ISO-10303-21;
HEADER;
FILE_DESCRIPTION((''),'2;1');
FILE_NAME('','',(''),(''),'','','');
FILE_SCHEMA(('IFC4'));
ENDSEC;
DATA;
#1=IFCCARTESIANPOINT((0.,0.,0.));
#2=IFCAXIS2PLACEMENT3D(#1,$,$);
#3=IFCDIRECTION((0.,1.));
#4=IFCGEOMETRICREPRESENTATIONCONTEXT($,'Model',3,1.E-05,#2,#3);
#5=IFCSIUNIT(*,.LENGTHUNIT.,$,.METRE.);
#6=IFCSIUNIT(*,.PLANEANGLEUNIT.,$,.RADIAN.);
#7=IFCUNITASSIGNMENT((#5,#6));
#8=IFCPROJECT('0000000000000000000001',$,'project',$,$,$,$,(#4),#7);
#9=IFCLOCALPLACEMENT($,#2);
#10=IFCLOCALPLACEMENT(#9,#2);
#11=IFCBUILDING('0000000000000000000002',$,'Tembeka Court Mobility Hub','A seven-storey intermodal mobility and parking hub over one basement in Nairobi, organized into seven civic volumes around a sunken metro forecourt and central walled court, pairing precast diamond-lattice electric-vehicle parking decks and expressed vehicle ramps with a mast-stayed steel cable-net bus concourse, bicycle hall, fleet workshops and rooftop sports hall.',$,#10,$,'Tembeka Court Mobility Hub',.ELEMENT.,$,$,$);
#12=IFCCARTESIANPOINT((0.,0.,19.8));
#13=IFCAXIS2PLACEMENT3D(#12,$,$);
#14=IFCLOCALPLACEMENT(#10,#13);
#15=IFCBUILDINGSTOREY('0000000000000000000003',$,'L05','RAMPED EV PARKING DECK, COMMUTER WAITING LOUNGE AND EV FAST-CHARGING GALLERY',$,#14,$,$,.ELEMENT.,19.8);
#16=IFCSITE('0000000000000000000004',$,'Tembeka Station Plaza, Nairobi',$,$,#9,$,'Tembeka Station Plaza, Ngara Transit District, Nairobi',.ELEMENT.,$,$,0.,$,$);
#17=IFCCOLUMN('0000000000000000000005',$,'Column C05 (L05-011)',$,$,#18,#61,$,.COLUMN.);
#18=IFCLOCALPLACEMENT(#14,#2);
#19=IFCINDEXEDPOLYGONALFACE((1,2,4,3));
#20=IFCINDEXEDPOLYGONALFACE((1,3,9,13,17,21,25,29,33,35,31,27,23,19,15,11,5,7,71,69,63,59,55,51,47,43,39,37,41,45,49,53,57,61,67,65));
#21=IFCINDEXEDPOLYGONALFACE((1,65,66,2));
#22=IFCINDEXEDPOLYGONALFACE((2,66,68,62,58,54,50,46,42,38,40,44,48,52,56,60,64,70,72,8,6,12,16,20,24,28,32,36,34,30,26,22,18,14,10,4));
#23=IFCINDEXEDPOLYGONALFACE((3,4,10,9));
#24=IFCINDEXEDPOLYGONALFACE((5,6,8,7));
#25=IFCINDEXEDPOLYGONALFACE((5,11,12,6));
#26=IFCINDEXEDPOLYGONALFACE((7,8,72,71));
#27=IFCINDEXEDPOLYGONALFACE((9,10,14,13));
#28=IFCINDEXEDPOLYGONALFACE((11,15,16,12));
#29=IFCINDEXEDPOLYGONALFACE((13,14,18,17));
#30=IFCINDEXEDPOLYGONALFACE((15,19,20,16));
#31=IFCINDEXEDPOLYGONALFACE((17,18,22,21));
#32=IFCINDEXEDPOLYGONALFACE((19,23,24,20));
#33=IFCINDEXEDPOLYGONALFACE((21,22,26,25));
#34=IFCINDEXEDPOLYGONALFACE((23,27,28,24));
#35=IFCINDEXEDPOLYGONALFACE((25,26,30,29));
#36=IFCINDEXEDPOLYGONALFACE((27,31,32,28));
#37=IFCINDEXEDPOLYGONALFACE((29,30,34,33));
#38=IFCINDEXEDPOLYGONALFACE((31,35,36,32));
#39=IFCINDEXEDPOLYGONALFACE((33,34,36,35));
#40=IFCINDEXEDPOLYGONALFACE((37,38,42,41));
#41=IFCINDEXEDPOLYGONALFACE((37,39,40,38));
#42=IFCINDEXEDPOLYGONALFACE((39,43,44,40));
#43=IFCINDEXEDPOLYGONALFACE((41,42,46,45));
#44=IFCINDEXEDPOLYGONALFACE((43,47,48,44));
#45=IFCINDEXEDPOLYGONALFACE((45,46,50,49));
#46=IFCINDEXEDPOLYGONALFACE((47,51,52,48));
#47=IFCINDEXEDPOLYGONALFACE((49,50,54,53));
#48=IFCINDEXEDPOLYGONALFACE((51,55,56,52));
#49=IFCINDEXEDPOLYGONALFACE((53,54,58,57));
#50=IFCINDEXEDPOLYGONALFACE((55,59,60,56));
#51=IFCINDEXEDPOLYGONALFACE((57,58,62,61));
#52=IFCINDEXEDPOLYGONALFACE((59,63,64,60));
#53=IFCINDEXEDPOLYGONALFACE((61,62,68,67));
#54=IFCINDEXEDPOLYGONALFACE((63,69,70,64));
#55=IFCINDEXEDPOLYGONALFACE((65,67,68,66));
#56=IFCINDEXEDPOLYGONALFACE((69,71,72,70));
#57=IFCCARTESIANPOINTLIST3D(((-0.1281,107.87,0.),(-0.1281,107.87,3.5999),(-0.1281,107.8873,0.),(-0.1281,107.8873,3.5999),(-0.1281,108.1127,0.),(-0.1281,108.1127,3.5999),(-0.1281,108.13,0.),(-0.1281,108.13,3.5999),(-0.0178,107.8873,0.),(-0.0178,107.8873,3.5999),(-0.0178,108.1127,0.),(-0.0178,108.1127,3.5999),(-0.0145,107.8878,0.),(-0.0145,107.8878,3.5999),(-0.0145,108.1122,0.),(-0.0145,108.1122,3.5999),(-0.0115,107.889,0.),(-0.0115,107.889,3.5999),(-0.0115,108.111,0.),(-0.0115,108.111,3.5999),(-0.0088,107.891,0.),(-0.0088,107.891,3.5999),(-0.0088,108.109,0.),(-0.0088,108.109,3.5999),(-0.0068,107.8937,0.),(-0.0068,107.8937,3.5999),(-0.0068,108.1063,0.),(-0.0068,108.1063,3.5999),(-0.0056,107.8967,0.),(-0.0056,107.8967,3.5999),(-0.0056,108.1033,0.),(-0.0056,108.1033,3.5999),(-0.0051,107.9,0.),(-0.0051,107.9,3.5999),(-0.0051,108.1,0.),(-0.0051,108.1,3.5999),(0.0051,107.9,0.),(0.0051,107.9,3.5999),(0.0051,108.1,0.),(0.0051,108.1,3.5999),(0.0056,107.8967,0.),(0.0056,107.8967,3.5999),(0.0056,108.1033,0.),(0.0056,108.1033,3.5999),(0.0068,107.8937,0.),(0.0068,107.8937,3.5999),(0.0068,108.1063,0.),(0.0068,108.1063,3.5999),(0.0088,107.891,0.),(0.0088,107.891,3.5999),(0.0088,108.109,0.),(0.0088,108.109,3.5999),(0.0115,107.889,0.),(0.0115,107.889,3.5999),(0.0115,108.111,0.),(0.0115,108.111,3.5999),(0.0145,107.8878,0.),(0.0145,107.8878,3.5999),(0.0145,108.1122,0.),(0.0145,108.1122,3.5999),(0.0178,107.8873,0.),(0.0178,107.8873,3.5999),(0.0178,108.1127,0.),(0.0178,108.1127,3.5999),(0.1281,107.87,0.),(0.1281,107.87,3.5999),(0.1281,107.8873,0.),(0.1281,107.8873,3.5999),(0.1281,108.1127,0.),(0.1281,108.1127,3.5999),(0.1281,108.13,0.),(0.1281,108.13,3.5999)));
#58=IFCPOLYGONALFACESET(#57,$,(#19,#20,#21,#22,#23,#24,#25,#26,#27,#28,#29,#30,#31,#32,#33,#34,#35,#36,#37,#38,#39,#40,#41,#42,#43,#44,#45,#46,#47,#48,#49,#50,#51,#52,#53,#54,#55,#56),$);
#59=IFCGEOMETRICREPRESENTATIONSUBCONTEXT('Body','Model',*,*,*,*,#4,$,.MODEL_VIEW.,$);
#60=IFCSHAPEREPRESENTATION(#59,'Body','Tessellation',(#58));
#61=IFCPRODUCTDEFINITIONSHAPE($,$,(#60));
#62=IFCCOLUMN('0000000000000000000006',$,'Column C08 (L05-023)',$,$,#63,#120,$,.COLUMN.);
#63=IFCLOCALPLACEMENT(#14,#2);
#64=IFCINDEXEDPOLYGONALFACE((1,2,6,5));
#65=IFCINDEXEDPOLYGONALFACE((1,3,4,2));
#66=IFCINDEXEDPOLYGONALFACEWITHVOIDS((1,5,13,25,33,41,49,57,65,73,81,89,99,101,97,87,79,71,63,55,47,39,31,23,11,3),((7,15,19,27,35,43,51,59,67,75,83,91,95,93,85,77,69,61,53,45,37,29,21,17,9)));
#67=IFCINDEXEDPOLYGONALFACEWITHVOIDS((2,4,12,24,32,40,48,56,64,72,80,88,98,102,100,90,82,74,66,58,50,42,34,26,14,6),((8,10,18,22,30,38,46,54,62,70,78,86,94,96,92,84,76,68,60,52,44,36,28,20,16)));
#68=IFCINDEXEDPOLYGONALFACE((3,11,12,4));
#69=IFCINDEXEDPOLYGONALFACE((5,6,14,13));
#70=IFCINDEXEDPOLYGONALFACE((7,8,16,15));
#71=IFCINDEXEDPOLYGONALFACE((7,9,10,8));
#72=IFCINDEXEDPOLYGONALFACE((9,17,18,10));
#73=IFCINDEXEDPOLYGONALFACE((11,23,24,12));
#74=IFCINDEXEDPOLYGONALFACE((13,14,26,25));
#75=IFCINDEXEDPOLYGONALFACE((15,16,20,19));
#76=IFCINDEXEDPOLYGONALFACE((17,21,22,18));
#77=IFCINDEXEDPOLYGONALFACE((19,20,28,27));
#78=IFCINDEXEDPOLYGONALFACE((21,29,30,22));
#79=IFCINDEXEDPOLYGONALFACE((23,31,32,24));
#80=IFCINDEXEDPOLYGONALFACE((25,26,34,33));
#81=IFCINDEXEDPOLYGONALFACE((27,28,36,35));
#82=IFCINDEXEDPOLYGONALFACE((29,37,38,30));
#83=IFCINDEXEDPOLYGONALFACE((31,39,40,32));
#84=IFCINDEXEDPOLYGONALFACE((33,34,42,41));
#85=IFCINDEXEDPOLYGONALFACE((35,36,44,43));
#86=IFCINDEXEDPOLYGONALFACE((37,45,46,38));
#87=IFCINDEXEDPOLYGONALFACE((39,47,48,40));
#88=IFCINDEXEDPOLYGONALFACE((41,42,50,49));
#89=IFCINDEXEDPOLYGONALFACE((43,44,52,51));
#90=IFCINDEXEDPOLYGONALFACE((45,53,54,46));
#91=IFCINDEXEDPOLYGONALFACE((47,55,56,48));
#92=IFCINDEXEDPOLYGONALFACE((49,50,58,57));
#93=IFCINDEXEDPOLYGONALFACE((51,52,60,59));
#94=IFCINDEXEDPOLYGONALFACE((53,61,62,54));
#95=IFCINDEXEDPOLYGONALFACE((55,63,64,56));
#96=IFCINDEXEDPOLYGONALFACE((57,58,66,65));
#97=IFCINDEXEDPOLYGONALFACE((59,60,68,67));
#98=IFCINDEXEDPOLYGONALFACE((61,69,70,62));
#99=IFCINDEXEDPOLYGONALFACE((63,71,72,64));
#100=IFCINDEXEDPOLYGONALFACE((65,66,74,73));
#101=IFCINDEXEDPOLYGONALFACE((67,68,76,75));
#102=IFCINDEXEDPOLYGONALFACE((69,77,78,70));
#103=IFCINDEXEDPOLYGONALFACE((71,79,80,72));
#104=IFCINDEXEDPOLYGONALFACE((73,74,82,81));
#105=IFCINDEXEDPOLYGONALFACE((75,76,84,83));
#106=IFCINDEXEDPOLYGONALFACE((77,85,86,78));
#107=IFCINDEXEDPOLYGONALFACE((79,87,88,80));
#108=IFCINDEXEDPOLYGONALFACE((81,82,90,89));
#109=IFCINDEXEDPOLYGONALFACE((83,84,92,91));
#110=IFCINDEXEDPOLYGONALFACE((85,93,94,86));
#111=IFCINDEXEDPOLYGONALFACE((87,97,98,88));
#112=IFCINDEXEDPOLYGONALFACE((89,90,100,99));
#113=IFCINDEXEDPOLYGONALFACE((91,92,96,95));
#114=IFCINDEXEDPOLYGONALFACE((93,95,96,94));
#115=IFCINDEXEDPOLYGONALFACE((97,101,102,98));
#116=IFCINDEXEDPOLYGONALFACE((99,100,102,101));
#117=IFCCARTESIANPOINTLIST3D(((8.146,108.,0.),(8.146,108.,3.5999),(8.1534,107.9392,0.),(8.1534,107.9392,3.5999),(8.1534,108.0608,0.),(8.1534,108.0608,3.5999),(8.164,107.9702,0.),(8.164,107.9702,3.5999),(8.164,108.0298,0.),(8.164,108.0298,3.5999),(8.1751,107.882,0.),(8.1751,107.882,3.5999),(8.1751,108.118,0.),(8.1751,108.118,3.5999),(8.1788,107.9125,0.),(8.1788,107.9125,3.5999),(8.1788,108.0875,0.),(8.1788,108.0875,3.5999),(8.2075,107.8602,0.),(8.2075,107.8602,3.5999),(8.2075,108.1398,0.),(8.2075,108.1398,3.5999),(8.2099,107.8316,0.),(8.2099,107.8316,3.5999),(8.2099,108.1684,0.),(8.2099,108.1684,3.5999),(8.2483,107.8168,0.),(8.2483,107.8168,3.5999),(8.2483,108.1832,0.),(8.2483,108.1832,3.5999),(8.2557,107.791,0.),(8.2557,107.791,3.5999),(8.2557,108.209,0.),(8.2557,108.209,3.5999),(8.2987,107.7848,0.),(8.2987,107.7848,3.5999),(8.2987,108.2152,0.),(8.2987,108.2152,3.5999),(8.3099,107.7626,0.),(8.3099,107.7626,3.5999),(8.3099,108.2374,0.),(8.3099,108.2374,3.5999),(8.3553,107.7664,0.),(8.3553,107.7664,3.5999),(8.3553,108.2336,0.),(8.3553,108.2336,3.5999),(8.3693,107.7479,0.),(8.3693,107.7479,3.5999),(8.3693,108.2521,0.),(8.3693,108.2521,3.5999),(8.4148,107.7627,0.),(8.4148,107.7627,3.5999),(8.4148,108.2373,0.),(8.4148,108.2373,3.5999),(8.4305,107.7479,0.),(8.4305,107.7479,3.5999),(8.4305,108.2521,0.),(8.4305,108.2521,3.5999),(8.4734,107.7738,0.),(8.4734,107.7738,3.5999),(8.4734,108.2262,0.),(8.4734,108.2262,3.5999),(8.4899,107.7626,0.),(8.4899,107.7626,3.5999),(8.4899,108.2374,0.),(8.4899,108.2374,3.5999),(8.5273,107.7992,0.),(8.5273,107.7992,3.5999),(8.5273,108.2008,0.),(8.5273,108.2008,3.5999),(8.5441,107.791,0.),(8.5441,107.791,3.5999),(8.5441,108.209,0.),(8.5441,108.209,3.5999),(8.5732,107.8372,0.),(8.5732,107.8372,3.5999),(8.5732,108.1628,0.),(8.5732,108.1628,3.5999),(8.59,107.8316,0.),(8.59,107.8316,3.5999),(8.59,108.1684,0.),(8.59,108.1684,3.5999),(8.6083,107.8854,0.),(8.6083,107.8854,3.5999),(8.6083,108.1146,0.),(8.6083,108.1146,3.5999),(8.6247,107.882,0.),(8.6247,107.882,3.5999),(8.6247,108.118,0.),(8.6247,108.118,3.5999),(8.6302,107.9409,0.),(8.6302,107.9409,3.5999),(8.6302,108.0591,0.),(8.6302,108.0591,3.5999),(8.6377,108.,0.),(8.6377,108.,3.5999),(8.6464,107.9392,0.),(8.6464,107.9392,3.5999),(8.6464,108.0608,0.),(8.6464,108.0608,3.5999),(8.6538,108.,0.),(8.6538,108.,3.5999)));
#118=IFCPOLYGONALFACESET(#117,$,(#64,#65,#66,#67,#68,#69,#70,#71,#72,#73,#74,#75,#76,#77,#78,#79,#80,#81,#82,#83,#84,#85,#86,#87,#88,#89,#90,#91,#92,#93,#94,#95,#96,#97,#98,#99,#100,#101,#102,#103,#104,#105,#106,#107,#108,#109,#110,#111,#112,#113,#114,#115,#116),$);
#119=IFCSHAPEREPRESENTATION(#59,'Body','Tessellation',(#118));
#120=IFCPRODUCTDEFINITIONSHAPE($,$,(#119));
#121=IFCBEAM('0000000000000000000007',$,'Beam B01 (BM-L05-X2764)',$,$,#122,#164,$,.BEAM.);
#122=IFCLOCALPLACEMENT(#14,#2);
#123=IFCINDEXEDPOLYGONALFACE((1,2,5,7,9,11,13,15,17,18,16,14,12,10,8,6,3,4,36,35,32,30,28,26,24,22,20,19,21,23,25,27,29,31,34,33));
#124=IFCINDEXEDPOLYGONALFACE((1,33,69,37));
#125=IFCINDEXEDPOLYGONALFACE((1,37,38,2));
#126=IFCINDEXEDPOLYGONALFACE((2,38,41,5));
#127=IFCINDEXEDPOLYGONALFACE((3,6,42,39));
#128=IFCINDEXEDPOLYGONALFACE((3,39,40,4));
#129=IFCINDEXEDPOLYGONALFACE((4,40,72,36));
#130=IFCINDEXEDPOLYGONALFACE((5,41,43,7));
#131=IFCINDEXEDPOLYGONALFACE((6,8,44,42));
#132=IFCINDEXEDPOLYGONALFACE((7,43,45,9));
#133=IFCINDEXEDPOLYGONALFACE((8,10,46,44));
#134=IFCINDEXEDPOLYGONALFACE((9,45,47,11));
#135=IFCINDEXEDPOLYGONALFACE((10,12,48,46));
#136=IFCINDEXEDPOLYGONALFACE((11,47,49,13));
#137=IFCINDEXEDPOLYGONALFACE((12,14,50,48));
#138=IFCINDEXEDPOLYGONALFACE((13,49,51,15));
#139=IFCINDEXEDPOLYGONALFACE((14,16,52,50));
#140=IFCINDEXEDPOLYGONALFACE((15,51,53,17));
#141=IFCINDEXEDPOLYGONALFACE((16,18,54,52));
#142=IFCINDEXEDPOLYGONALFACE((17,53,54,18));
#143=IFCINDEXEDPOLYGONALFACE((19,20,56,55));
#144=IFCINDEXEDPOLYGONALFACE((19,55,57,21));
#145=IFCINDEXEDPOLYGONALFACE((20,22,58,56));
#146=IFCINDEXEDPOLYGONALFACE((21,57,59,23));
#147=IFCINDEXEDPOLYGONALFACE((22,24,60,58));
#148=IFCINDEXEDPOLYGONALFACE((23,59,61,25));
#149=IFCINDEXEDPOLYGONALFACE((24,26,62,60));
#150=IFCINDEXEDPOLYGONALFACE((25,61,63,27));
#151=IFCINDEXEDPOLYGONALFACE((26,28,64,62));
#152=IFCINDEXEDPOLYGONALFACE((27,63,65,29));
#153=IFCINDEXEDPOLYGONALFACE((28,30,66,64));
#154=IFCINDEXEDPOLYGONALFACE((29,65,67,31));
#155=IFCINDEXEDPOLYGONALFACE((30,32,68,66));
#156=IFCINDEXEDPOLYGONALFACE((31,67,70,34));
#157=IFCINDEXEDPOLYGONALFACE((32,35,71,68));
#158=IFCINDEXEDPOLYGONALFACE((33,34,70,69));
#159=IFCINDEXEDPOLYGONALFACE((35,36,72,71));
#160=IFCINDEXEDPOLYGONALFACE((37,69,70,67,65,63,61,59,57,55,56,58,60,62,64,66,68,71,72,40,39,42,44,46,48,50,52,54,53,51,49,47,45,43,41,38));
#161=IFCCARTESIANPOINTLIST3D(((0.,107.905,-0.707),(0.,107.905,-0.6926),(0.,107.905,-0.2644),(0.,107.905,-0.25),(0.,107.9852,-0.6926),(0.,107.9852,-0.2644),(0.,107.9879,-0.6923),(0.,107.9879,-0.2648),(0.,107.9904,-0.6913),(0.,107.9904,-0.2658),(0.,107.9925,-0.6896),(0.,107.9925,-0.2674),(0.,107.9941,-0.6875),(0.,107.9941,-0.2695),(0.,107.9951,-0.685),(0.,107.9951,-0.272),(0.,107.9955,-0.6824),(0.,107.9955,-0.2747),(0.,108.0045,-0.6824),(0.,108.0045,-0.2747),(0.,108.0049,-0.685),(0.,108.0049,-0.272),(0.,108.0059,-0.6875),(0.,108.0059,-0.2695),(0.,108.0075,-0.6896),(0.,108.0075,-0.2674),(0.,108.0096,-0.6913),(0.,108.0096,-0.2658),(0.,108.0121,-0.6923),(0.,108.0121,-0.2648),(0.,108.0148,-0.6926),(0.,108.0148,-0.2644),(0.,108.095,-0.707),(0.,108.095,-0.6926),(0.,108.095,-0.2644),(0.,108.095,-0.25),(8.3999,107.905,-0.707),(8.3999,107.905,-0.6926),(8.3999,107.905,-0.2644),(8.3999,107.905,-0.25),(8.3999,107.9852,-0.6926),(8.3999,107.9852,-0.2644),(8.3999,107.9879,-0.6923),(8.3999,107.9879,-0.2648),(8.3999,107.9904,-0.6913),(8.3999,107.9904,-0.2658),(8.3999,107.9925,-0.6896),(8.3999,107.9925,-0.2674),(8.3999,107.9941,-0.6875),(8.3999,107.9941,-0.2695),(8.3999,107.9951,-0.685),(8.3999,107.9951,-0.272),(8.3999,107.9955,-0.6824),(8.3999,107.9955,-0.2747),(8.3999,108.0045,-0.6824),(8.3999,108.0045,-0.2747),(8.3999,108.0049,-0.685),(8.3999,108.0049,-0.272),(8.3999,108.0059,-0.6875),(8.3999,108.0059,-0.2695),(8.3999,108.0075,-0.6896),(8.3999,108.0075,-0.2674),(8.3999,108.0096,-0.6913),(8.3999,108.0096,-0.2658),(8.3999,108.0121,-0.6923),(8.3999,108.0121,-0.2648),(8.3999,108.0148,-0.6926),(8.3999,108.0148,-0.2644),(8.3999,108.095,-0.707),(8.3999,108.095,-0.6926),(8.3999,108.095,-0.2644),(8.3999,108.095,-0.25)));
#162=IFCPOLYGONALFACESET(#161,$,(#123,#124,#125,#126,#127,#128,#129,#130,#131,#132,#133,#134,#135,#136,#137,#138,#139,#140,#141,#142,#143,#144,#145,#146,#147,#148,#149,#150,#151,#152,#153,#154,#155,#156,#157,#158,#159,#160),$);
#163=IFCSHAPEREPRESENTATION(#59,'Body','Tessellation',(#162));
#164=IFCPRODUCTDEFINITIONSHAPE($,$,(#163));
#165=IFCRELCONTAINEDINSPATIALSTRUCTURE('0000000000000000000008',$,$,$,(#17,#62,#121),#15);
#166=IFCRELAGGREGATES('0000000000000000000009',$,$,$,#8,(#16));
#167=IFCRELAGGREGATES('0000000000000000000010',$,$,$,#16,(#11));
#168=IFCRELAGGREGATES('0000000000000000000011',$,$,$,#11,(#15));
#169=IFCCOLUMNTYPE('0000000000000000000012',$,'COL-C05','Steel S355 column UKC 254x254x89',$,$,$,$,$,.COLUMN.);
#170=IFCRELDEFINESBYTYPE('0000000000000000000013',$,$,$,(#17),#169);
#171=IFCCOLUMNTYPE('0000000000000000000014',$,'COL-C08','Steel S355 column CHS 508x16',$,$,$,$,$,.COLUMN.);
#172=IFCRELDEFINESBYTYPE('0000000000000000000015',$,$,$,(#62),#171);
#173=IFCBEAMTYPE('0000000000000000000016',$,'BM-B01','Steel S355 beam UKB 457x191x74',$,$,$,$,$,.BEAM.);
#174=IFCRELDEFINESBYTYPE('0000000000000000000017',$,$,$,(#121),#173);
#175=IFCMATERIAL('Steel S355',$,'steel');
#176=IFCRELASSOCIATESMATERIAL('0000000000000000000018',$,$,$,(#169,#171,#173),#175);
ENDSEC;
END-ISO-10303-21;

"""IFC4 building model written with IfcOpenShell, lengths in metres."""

from ifc_helpers import new_model, si_unit, direction, frame, origin, origin_2d, place, context, subcontext, project, spatial, hollow_circle, i_section, extrude, material, material_profile, profile_set, type_object, element, save


model = new_model("IFC4")

# Units and contexts
model_context = context("Model", 3, precision=1e-05, world=origin(), true_north=direction((0.0, 1.0)))
body_context = subcontext(model_context, "Body", "Model", "MODEL_VIEW")
ifc_project = project(units=[si_unit("LENGTHUNIT", "METRE"), si_unit("PLANEANGLEUNIT", "RADIAN")], contexts=[model_context])

# Site, building, storey
site_placement = place(None, origin())
site = spatial("IfcSite", under=ifc_project, at=site_placement, Name="Tembeka Station Plaza, Nairobi", LongName="Tembeka Station Plaza, Ngara Transit District, Nairobi", CompositionType="ELEMENT", RefElevation=0.0)
building_placement = place(site_placement, origin())
building = spatial("IfcBuilding", under=site, at=building_placement, Name="Tembeka Court Mobility Hub", Description="A seven-storey intermodal mobility and parking hub over one basement in Nairobi, organized into seven civic volumes around a sunken metro forecourt and central walled court, pairing precast diamond-lattice electric-vehicle parking decks and expressed vehicle ramps with a mast-stayed steel cable-net bus concourse, bicycle hall, fleet workshops and rooftop sports hall.", LongName="Tembeka Court Mobility Hub", CompositionType="ELEMENT")
storey_placement = place(building_placement, frame((0.0, 0.0, 19.8)))
storey = spatial("IfcBuildingStorey", under=building, at=storey_placement, Name="L05", Description="RAMPED EV PARKING DECK, COMMUTER WAITING LOUNGE AND EV FAST-CHARGING GALLERY", CompositionType="ELEMENT", Elevation=19.8)

# Columns
ifc_material_1 = material(Name="Steel S355", Category="steel")
ifc_material_profile_1 = material_profile(ifc_material_1, i_section(OverallWidth=0.2561, OverallDepth=0.26, WebThickness=0.0103, FlangeThickness=0.0173, FilletRadius=0.0127, at=origin_2d()), Name="UKC 254x254x89")
ifc_profile_set_1 = profile_set([ifc_material_profile_1], Name="Steel S355")
column_type_1 = type_object("IfcColumnType", Name="COL-C05", Description="Steel S355 column UKC 254x254x89", PredefinedType="COLUMN", material=ifc_profile_set_1)
column_1_placement = place(storey_placement, frame((0.0, 108.0, 0.0), z_axis=(0.0, 0.0, 1.0), x_axis=(1.0, 0.0, 0.0)))
element("IfcColumn", 1, at=column_1_placement, inside=storey, type_object=column_type_1, Name="Column C05 (L05-011)", PredefinedType="COLUMN", context=body_context, shape_type="SweptSolid", body=[
    extrude(i_section(OverallWidth=0.2561, OverallDepth=0.26, WebThickness=0.0103, FlangeThickness=0.0173, FilletRadius=0.0127, at=origin_2d()), origin(), (0.0, 0.0, 1.0), 3.5999),
])
ifc_material_profile_2 = material_profile(ifc_material_1, hollow_circle(Radius=0.2539, WallThickness=0.0161, at=origin_2d()), Name="CHS 508x16")
ifc_profile_set_2 = profile_set([ifc_material_profile_2], Name="Steel S355")
column_type_2 = type_object("IfcColumnType", Name="COL-C08", Description="Steel S355 column CHS 508x16", PredefinedType="COLUMN", material=ifc_profile_set_2)
column_2_placement = place(storey_placement, frame((8.3999, 108.0, 0.0), z_axis=(0.0, 0.0, 1.0), x_axis=(1.0, 0.0, 0.0)))
element("IfcColumn", 2, at=column_2_placement, inside=storey, type_object=column_type_2, Name="Column C08 (L05-023)", PredefinedType="COLUMN", context=body_context, shape_type="SweptSolid", body=[
    extrude(hollow_circle(Radius=0.2539, WallThickness=0.0161, at=origin_2d()), origin(), (0.0, 0.0, 1.0), 3.5999),
])

# Beam
ifc_material_profile_3 = material_profile(ifc_material_1, i_section(OverallWidth=0.1899, OverallDepth=0.457, WebThickness=0.009, FlangeThickness=0.0144, FilletRadius=0.0103, at=origin_2d()), Name="UKB 457x191x74")
ifc_profile_set_3 = profile_set([ifc_material_profile_3], Name="Steel S355")
beam_type_1 = type_object("IfcBeamType", Name="BM-B01", Description="Steel S355 beam UKB 457x191x74", PredefinedType="BEAM", material=ifc_profile_set_3)
beam_1_placement = place(storey_placement, frame((0.0, 108.0, -0.4785), z_axis=(1.0, 0.0, 0.0), x_axis=(0.0, 1.0, 0.0)))
element("IfcBeam", 3, at=beam_1_placement, inside=storey, type_object=beam_type_1, Name="Beam B01 (BM-L05-X2764)", PredefinedType="BEAM", context=body_context, shape_type="SweptSolid", body=[
    extrude(i_section(OverallWidth=0.1899, OverallDepth=0.457, WebThickness=0.009, FlangeThickness=0.0144, FilletRadius=0.0103, at=origin_2d()), origin(), (0.0, 0.0, 1.0), 8.3999),
])

save(model, "model.ifc")
